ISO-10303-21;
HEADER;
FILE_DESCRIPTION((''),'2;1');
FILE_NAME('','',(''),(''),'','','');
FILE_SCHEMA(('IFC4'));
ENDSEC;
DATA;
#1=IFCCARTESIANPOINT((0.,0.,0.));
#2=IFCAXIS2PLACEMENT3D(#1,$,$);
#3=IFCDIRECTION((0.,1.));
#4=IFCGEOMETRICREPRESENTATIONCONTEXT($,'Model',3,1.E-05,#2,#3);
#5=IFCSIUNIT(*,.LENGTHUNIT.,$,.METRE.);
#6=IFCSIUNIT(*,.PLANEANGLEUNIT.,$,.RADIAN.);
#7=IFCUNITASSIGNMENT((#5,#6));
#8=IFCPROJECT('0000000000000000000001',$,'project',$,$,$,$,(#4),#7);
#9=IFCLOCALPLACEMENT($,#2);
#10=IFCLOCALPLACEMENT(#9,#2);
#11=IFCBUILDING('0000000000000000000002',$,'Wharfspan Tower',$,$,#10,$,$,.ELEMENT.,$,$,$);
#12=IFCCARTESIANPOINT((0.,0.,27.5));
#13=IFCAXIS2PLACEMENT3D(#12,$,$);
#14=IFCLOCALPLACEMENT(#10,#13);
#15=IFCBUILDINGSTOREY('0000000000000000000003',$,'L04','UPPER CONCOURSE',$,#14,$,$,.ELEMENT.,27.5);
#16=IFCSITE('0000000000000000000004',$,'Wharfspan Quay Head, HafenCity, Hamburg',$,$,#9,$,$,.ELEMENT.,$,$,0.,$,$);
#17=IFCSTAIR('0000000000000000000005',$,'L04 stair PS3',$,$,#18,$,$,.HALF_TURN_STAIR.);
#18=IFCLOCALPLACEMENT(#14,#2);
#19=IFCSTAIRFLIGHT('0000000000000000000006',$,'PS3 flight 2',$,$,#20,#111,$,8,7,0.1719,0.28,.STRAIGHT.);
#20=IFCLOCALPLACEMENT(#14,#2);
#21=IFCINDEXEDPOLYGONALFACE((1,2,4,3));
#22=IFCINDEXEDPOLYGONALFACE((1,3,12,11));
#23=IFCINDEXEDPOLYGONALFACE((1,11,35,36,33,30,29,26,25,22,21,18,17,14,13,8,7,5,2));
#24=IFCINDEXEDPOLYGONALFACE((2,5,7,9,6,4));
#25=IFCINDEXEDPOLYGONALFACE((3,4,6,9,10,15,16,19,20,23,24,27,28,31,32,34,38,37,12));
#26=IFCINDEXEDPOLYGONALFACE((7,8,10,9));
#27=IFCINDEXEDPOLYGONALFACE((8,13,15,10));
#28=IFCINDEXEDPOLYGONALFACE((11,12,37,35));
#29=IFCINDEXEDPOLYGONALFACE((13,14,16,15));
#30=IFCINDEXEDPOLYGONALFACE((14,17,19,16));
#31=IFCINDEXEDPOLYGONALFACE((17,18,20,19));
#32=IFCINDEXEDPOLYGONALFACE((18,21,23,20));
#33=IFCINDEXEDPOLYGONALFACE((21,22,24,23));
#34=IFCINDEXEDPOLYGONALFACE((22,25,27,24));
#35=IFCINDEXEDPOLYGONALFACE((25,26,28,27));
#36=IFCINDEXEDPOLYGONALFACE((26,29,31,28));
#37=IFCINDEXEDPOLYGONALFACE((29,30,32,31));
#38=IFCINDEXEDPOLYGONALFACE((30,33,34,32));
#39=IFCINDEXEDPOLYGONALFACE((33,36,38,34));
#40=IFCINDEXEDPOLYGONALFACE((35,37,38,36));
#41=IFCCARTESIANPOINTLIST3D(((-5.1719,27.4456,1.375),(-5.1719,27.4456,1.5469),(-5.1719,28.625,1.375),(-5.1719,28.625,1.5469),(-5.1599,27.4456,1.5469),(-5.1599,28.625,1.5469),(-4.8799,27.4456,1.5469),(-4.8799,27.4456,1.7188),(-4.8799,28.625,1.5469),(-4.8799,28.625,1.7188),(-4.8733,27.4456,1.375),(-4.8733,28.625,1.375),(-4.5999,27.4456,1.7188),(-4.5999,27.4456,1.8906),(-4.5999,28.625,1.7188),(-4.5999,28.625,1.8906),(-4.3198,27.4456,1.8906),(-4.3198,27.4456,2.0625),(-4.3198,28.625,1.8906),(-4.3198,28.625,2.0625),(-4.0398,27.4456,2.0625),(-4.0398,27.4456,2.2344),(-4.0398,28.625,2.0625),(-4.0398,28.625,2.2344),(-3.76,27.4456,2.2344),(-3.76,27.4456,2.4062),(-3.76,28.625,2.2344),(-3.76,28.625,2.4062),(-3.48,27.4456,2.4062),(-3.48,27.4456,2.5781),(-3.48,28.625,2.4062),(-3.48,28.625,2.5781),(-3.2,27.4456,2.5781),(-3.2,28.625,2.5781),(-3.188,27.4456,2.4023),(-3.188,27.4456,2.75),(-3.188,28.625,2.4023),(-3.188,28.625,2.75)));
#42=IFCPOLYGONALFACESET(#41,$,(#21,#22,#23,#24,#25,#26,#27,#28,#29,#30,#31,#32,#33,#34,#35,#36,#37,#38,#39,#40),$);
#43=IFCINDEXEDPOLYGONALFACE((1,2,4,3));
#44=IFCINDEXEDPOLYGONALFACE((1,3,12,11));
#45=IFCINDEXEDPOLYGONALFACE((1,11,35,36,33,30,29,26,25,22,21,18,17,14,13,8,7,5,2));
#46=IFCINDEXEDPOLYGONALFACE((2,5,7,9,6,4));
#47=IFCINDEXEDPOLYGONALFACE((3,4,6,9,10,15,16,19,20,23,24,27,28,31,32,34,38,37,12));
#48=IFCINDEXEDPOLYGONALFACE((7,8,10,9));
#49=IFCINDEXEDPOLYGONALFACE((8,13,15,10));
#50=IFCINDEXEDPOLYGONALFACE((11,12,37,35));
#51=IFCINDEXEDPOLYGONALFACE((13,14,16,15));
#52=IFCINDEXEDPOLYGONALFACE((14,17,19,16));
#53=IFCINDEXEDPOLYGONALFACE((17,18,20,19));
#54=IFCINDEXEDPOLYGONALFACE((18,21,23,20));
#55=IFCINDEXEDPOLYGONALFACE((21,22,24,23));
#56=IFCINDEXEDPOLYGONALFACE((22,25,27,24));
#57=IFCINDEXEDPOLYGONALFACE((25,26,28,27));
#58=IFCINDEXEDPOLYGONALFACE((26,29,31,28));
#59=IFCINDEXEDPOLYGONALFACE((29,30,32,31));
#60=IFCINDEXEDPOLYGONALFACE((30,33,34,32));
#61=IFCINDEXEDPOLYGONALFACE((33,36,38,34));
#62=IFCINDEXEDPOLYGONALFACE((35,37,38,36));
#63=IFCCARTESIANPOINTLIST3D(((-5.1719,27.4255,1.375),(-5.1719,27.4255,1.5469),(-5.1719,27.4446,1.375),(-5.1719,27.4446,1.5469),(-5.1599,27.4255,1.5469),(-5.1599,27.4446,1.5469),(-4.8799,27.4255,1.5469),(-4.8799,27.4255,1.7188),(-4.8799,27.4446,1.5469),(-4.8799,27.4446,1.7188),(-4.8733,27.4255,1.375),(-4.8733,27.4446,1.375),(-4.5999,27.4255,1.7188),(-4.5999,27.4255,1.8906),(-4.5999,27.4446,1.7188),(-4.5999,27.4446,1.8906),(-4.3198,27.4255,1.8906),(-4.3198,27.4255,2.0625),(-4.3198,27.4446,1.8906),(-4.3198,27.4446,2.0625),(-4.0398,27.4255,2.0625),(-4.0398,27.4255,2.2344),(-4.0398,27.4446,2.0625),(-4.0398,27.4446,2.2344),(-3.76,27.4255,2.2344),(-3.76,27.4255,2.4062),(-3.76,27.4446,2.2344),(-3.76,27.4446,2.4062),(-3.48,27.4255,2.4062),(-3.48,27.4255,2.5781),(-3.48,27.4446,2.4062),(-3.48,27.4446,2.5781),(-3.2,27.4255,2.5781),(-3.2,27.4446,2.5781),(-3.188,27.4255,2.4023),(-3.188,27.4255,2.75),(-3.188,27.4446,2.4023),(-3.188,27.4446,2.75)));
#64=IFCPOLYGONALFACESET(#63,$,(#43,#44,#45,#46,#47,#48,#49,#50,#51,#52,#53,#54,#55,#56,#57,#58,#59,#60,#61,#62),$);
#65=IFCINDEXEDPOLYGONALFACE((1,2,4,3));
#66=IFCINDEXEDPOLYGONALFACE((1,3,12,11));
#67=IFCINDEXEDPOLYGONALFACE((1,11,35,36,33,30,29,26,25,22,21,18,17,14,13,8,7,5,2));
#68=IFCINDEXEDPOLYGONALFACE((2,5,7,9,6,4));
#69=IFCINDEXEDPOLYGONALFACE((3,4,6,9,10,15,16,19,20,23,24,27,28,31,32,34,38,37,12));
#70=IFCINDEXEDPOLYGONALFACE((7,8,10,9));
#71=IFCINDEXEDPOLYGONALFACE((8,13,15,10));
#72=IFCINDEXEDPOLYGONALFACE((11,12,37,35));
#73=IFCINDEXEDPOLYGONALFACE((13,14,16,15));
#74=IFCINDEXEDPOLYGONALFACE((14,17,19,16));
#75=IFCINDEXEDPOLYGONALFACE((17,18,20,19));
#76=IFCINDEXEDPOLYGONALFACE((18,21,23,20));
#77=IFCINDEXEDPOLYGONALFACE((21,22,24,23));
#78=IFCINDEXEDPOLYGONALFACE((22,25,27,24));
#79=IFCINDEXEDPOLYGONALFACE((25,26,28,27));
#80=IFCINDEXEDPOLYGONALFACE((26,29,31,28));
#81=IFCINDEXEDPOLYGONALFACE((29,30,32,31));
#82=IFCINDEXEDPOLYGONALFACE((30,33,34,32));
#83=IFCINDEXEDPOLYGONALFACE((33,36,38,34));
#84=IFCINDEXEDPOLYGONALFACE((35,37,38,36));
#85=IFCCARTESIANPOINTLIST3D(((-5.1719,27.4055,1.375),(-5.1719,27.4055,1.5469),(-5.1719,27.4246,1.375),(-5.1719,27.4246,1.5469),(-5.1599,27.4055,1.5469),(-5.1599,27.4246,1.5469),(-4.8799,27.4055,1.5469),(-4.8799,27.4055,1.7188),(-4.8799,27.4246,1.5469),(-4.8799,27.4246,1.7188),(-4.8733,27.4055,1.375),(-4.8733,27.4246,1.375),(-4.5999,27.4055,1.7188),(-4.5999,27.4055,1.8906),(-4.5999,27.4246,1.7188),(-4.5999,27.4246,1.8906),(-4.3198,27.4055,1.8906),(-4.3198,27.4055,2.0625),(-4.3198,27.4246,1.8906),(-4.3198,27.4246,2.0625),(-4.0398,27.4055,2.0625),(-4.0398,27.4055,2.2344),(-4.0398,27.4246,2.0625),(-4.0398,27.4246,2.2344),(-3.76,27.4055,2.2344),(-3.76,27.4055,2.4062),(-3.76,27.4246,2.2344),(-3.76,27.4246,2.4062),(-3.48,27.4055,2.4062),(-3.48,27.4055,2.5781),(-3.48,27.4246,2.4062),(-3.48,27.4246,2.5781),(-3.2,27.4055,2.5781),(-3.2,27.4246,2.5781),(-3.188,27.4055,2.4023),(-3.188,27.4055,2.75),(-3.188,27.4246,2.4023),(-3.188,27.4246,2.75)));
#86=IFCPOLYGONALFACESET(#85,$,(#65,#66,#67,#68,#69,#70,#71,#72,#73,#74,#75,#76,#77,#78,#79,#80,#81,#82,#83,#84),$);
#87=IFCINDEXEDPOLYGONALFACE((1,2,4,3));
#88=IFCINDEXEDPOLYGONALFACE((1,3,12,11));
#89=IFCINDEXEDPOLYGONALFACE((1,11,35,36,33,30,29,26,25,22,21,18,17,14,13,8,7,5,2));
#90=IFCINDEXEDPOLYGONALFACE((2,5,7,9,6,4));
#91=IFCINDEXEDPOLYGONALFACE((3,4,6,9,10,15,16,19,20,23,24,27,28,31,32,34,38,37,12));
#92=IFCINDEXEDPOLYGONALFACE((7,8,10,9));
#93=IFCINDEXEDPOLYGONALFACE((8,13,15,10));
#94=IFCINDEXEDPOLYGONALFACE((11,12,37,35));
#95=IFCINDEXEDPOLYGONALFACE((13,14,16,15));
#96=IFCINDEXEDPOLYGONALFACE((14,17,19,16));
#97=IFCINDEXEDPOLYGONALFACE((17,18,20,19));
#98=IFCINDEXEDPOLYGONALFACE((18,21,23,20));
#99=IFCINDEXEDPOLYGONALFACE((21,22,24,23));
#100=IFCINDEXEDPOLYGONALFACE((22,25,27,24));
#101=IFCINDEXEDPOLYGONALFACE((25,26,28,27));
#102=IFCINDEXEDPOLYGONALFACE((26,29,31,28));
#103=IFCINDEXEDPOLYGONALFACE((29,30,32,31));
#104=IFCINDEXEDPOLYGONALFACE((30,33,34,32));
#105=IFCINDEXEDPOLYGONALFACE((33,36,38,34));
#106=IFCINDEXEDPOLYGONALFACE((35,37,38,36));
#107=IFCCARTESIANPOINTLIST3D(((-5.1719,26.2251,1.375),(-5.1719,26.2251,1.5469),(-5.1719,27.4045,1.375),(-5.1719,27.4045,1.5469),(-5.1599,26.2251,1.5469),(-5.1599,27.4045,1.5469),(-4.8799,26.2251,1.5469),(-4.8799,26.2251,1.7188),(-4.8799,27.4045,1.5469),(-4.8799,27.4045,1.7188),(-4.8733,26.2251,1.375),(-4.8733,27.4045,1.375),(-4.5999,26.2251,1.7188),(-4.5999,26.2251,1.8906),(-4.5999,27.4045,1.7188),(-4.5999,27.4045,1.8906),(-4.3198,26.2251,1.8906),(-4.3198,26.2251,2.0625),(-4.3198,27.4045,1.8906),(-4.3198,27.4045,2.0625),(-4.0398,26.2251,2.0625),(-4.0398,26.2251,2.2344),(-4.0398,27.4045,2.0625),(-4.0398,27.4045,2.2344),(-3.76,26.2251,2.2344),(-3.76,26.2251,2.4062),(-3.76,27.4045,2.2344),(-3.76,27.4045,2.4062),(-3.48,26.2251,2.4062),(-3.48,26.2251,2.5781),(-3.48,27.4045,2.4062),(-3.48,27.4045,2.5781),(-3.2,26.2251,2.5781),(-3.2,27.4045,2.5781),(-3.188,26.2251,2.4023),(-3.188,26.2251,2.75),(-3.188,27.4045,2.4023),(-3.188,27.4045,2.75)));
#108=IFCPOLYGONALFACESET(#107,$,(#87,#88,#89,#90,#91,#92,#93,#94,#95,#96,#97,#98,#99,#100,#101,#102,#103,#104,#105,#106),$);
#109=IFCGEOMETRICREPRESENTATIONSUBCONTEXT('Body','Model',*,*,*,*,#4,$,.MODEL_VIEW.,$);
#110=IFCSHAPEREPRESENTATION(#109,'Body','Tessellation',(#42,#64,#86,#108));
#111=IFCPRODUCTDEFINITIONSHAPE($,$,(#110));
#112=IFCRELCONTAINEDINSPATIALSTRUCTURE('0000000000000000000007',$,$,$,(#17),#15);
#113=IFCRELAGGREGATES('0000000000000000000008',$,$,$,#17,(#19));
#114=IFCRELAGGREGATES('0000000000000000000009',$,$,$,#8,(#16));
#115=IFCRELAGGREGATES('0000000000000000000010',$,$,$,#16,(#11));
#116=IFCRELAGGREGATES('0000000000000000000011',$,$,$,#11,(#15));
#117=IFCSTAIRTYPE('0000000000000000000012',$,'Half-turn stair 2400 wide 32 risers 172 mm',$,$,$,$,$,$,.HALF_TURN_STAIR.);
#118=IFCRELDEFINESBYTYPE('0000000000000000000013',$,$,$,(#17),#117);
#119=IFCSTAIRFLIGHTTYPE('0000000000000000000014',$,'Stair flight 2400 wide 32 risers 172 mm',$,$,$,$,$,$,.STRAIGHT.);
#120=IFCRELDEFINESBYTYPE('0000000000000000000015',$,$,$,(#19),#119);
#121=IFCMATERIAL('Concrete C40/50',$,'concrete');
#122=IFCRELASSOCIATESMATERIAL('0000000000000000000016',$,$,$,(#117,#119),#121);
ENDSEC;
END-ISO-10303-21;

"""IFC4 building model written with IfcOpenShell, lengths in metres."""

from ifc_helpers import new_model, si_unit, direction, frame, origin, place, context, subcontext, project, spatial, polyline, outline, extrude, material, type_object, element, aggregate, save


model = new_model("IFC4")

# Units and contexts
model_context = context("Model", 3, precision=1e-05, world=origin(), true_north=direction((0.0, 1.0)))
body_context = subcontext(model_context, "Body", "Model", "MODEL_VIEW")
ifc_project = project(units=[si_unit("LENGTHUNIT", "METRE"), si_unit("PLANEANGLEUNIT", "RADIAN")], contexts=[model_context])

# Site, building, storey
site_placement = place(None, origin())
site = spatial("IfcSite", under=ifc_project, at=site_placement, Name="Wharfspan Quay Head, HafenCity, Hamburg", CompositionType="ELEMENT", RefElevation=0.0)
building_placement = place(site_placement, origin())
building = spatial("IfcBuilding", under=site, at=building_placement, Name="Wharfspan Tower", CompositionType="ELEMENT")
storey_placement = place(building_placement, frame((0.0, 0.0, 27.5)))
storey = spatial("IfcBuildingStorey", under=building, at=storey_placement, Name="L04", Description="UPPER CONCOURSE", CompositionType="ELEMENT", Elevation=27.5)

# Shared definitions
ifc_material_1 = material(Name="Concrete C40/50", Category="concrete")

# Stair, stair flight
stair_type = type_object("IfcStairType", Name="Half-turn stair 2400 wide 32 risers 172 mm", PredefinedType="HALF_TURN_STAIR", material=ifc_material_1)
stair_placement = place(storey_placement, origin())
stair = element("IfcStair", 1, at=stair_placement, inside=storey, type_object=stair_type, Name="L04 stair PS3", PredefinedType="HALF_TURN_STAIR")
stair_flight_type = type_object("IfcStairFlightType", Name="Stair flight 2400 wide 32 risers 172 mm", PredefinedType="STRAIGHT", material=ifc_material_1)
stair_flight_1_placement = place(storey_placement, frame((-5.1599, 27.425, 1.375), z_axis=(0.0, 0.0, 1.0), x_axis=(1.0, 0.0, 0.0)))
stair_flight_1 = element("IfcStairFlight", 2, at=stair_flight_1_placement, type_object=stair_flight_type, Name="PS3 flight 2", NumberOfRisers=8, NumberOfTreads=7, PredefinedType="STRAIGHT", RiserHeight=0.1719, TreadLength=0.28, context=body_context, shape_type="SweptSolid", body=[
    extrude(outline(polyline([(-0.012, 0.0), (-0.012, 0.1719), (0.0, 0.1719), (0.28, 0.1719), (0.28, 0.3438), (0.5601, 0.3438), (0.5601, 0.5156), (0.8401, 0.5156), (0.8401, 0.6875), (1.1201, 0.6875), (1.1201, 0.8594), (1.3999, 0.8594), (1.3999, 1.0312), (1.6799, 1.0312), (1.6799, 1.2031), (1.96, 1.2031), (1.9719, 1.375), (1.9719, 1.0273), (0.2866, 0.0), (-0.012, 0.0)])), frame((0.0, 1.2, 0.0), z_axis=(0.0, -1.0, 0.0), x_axis=(1.0, 0.0, 0.0)), (0.0, 0.0, 1.0), 1.1794),
    extrude(outline(polyline([(-0.012, 0.0), (-0.012, 0.1719), (0.0, 0.1719), (0.28, 0.1719), (0.28, 0.3438), (0.5601, 0.3438), (0.5601, 0.5156), (0.8401, 0.5156), (0.8401, 0.6875), (1.1201, 0.6875), (1.1201, 0.8594), (1.3999, 0.8594), (1.3999, 1.0312), (1.6799, 1.0312), (1.6799, 1.2031), (1.96, 1.2031), (1.9719, 1.375), (1.9719, 1.0273), (0.2866, 0.0), (-0.012, 0.0)])), frame((0.0, 0.0195, 0.0), z_axis=(0.0, -1.0, 0.0), x_axis=(1.0, 0.0, 0.0)), (0.0, 0.0, 1.0), 0.019),
    extrude(outline(polyline([(-0.012, 0.0), (-0.012, 0.1719), (0.0, 0.1719), (0.28, 0.1719), (0.28, 0.3438), (0.5601, 0.3438), (0.5601, 0.5156), (0.8401, 0.5156), (0.8401, 0.6875), (1.1201, 0.6875), (1.1201, 0.8594), (1.3999, 0.8594), (1.3999, 1.0312), (1.6799, 1.0312), (1.6799, 1.2031), (1.96, 1.2031), (1.9719, 1.375), (1.9719, 1.0273), (0.2866, 0.0), (-0.012, 0.0)])), frame((0.0, -0.0005, 0.0), z_axis=(0.0, -1.0, 0.0), x_axis=(1.0, 0.0, 0.0)), (0.0, 0.0, 1.0), 0.019),
    extrude(outline(polyline([(-0.012, 0.0), (-0.012, 0.1719), (0.0, 0.1719), (0.28, 0.1719), (0.28, 0.3438), (0.5601, 0.3438), (0.5601, 0.5156), (0.8401, 0.5156), (0.8401, 0.6875), (1.1201, 0.6875), (1.1201, 0.8594), (1.3999, 0.8594), (1.3999, 1.0312), (1.6799, 1.0312), (1.6799, 1.2031), (1.96, 1.2031), (1.9719, 1.375), (1.9719, 1.0273), (0.2866, 0.0), (-0.012, 0.0)])), frame((0.0, -0.0205, 0.0), z_axis=(0.0, -1.0, 0.0), x_axis=(1.0, 0.0, 0.0)), (0.0, 0.0, 1.0), 1.1794),
])
aggregate(stair, [stair_flight_1])

save(model, "model.ifc")
